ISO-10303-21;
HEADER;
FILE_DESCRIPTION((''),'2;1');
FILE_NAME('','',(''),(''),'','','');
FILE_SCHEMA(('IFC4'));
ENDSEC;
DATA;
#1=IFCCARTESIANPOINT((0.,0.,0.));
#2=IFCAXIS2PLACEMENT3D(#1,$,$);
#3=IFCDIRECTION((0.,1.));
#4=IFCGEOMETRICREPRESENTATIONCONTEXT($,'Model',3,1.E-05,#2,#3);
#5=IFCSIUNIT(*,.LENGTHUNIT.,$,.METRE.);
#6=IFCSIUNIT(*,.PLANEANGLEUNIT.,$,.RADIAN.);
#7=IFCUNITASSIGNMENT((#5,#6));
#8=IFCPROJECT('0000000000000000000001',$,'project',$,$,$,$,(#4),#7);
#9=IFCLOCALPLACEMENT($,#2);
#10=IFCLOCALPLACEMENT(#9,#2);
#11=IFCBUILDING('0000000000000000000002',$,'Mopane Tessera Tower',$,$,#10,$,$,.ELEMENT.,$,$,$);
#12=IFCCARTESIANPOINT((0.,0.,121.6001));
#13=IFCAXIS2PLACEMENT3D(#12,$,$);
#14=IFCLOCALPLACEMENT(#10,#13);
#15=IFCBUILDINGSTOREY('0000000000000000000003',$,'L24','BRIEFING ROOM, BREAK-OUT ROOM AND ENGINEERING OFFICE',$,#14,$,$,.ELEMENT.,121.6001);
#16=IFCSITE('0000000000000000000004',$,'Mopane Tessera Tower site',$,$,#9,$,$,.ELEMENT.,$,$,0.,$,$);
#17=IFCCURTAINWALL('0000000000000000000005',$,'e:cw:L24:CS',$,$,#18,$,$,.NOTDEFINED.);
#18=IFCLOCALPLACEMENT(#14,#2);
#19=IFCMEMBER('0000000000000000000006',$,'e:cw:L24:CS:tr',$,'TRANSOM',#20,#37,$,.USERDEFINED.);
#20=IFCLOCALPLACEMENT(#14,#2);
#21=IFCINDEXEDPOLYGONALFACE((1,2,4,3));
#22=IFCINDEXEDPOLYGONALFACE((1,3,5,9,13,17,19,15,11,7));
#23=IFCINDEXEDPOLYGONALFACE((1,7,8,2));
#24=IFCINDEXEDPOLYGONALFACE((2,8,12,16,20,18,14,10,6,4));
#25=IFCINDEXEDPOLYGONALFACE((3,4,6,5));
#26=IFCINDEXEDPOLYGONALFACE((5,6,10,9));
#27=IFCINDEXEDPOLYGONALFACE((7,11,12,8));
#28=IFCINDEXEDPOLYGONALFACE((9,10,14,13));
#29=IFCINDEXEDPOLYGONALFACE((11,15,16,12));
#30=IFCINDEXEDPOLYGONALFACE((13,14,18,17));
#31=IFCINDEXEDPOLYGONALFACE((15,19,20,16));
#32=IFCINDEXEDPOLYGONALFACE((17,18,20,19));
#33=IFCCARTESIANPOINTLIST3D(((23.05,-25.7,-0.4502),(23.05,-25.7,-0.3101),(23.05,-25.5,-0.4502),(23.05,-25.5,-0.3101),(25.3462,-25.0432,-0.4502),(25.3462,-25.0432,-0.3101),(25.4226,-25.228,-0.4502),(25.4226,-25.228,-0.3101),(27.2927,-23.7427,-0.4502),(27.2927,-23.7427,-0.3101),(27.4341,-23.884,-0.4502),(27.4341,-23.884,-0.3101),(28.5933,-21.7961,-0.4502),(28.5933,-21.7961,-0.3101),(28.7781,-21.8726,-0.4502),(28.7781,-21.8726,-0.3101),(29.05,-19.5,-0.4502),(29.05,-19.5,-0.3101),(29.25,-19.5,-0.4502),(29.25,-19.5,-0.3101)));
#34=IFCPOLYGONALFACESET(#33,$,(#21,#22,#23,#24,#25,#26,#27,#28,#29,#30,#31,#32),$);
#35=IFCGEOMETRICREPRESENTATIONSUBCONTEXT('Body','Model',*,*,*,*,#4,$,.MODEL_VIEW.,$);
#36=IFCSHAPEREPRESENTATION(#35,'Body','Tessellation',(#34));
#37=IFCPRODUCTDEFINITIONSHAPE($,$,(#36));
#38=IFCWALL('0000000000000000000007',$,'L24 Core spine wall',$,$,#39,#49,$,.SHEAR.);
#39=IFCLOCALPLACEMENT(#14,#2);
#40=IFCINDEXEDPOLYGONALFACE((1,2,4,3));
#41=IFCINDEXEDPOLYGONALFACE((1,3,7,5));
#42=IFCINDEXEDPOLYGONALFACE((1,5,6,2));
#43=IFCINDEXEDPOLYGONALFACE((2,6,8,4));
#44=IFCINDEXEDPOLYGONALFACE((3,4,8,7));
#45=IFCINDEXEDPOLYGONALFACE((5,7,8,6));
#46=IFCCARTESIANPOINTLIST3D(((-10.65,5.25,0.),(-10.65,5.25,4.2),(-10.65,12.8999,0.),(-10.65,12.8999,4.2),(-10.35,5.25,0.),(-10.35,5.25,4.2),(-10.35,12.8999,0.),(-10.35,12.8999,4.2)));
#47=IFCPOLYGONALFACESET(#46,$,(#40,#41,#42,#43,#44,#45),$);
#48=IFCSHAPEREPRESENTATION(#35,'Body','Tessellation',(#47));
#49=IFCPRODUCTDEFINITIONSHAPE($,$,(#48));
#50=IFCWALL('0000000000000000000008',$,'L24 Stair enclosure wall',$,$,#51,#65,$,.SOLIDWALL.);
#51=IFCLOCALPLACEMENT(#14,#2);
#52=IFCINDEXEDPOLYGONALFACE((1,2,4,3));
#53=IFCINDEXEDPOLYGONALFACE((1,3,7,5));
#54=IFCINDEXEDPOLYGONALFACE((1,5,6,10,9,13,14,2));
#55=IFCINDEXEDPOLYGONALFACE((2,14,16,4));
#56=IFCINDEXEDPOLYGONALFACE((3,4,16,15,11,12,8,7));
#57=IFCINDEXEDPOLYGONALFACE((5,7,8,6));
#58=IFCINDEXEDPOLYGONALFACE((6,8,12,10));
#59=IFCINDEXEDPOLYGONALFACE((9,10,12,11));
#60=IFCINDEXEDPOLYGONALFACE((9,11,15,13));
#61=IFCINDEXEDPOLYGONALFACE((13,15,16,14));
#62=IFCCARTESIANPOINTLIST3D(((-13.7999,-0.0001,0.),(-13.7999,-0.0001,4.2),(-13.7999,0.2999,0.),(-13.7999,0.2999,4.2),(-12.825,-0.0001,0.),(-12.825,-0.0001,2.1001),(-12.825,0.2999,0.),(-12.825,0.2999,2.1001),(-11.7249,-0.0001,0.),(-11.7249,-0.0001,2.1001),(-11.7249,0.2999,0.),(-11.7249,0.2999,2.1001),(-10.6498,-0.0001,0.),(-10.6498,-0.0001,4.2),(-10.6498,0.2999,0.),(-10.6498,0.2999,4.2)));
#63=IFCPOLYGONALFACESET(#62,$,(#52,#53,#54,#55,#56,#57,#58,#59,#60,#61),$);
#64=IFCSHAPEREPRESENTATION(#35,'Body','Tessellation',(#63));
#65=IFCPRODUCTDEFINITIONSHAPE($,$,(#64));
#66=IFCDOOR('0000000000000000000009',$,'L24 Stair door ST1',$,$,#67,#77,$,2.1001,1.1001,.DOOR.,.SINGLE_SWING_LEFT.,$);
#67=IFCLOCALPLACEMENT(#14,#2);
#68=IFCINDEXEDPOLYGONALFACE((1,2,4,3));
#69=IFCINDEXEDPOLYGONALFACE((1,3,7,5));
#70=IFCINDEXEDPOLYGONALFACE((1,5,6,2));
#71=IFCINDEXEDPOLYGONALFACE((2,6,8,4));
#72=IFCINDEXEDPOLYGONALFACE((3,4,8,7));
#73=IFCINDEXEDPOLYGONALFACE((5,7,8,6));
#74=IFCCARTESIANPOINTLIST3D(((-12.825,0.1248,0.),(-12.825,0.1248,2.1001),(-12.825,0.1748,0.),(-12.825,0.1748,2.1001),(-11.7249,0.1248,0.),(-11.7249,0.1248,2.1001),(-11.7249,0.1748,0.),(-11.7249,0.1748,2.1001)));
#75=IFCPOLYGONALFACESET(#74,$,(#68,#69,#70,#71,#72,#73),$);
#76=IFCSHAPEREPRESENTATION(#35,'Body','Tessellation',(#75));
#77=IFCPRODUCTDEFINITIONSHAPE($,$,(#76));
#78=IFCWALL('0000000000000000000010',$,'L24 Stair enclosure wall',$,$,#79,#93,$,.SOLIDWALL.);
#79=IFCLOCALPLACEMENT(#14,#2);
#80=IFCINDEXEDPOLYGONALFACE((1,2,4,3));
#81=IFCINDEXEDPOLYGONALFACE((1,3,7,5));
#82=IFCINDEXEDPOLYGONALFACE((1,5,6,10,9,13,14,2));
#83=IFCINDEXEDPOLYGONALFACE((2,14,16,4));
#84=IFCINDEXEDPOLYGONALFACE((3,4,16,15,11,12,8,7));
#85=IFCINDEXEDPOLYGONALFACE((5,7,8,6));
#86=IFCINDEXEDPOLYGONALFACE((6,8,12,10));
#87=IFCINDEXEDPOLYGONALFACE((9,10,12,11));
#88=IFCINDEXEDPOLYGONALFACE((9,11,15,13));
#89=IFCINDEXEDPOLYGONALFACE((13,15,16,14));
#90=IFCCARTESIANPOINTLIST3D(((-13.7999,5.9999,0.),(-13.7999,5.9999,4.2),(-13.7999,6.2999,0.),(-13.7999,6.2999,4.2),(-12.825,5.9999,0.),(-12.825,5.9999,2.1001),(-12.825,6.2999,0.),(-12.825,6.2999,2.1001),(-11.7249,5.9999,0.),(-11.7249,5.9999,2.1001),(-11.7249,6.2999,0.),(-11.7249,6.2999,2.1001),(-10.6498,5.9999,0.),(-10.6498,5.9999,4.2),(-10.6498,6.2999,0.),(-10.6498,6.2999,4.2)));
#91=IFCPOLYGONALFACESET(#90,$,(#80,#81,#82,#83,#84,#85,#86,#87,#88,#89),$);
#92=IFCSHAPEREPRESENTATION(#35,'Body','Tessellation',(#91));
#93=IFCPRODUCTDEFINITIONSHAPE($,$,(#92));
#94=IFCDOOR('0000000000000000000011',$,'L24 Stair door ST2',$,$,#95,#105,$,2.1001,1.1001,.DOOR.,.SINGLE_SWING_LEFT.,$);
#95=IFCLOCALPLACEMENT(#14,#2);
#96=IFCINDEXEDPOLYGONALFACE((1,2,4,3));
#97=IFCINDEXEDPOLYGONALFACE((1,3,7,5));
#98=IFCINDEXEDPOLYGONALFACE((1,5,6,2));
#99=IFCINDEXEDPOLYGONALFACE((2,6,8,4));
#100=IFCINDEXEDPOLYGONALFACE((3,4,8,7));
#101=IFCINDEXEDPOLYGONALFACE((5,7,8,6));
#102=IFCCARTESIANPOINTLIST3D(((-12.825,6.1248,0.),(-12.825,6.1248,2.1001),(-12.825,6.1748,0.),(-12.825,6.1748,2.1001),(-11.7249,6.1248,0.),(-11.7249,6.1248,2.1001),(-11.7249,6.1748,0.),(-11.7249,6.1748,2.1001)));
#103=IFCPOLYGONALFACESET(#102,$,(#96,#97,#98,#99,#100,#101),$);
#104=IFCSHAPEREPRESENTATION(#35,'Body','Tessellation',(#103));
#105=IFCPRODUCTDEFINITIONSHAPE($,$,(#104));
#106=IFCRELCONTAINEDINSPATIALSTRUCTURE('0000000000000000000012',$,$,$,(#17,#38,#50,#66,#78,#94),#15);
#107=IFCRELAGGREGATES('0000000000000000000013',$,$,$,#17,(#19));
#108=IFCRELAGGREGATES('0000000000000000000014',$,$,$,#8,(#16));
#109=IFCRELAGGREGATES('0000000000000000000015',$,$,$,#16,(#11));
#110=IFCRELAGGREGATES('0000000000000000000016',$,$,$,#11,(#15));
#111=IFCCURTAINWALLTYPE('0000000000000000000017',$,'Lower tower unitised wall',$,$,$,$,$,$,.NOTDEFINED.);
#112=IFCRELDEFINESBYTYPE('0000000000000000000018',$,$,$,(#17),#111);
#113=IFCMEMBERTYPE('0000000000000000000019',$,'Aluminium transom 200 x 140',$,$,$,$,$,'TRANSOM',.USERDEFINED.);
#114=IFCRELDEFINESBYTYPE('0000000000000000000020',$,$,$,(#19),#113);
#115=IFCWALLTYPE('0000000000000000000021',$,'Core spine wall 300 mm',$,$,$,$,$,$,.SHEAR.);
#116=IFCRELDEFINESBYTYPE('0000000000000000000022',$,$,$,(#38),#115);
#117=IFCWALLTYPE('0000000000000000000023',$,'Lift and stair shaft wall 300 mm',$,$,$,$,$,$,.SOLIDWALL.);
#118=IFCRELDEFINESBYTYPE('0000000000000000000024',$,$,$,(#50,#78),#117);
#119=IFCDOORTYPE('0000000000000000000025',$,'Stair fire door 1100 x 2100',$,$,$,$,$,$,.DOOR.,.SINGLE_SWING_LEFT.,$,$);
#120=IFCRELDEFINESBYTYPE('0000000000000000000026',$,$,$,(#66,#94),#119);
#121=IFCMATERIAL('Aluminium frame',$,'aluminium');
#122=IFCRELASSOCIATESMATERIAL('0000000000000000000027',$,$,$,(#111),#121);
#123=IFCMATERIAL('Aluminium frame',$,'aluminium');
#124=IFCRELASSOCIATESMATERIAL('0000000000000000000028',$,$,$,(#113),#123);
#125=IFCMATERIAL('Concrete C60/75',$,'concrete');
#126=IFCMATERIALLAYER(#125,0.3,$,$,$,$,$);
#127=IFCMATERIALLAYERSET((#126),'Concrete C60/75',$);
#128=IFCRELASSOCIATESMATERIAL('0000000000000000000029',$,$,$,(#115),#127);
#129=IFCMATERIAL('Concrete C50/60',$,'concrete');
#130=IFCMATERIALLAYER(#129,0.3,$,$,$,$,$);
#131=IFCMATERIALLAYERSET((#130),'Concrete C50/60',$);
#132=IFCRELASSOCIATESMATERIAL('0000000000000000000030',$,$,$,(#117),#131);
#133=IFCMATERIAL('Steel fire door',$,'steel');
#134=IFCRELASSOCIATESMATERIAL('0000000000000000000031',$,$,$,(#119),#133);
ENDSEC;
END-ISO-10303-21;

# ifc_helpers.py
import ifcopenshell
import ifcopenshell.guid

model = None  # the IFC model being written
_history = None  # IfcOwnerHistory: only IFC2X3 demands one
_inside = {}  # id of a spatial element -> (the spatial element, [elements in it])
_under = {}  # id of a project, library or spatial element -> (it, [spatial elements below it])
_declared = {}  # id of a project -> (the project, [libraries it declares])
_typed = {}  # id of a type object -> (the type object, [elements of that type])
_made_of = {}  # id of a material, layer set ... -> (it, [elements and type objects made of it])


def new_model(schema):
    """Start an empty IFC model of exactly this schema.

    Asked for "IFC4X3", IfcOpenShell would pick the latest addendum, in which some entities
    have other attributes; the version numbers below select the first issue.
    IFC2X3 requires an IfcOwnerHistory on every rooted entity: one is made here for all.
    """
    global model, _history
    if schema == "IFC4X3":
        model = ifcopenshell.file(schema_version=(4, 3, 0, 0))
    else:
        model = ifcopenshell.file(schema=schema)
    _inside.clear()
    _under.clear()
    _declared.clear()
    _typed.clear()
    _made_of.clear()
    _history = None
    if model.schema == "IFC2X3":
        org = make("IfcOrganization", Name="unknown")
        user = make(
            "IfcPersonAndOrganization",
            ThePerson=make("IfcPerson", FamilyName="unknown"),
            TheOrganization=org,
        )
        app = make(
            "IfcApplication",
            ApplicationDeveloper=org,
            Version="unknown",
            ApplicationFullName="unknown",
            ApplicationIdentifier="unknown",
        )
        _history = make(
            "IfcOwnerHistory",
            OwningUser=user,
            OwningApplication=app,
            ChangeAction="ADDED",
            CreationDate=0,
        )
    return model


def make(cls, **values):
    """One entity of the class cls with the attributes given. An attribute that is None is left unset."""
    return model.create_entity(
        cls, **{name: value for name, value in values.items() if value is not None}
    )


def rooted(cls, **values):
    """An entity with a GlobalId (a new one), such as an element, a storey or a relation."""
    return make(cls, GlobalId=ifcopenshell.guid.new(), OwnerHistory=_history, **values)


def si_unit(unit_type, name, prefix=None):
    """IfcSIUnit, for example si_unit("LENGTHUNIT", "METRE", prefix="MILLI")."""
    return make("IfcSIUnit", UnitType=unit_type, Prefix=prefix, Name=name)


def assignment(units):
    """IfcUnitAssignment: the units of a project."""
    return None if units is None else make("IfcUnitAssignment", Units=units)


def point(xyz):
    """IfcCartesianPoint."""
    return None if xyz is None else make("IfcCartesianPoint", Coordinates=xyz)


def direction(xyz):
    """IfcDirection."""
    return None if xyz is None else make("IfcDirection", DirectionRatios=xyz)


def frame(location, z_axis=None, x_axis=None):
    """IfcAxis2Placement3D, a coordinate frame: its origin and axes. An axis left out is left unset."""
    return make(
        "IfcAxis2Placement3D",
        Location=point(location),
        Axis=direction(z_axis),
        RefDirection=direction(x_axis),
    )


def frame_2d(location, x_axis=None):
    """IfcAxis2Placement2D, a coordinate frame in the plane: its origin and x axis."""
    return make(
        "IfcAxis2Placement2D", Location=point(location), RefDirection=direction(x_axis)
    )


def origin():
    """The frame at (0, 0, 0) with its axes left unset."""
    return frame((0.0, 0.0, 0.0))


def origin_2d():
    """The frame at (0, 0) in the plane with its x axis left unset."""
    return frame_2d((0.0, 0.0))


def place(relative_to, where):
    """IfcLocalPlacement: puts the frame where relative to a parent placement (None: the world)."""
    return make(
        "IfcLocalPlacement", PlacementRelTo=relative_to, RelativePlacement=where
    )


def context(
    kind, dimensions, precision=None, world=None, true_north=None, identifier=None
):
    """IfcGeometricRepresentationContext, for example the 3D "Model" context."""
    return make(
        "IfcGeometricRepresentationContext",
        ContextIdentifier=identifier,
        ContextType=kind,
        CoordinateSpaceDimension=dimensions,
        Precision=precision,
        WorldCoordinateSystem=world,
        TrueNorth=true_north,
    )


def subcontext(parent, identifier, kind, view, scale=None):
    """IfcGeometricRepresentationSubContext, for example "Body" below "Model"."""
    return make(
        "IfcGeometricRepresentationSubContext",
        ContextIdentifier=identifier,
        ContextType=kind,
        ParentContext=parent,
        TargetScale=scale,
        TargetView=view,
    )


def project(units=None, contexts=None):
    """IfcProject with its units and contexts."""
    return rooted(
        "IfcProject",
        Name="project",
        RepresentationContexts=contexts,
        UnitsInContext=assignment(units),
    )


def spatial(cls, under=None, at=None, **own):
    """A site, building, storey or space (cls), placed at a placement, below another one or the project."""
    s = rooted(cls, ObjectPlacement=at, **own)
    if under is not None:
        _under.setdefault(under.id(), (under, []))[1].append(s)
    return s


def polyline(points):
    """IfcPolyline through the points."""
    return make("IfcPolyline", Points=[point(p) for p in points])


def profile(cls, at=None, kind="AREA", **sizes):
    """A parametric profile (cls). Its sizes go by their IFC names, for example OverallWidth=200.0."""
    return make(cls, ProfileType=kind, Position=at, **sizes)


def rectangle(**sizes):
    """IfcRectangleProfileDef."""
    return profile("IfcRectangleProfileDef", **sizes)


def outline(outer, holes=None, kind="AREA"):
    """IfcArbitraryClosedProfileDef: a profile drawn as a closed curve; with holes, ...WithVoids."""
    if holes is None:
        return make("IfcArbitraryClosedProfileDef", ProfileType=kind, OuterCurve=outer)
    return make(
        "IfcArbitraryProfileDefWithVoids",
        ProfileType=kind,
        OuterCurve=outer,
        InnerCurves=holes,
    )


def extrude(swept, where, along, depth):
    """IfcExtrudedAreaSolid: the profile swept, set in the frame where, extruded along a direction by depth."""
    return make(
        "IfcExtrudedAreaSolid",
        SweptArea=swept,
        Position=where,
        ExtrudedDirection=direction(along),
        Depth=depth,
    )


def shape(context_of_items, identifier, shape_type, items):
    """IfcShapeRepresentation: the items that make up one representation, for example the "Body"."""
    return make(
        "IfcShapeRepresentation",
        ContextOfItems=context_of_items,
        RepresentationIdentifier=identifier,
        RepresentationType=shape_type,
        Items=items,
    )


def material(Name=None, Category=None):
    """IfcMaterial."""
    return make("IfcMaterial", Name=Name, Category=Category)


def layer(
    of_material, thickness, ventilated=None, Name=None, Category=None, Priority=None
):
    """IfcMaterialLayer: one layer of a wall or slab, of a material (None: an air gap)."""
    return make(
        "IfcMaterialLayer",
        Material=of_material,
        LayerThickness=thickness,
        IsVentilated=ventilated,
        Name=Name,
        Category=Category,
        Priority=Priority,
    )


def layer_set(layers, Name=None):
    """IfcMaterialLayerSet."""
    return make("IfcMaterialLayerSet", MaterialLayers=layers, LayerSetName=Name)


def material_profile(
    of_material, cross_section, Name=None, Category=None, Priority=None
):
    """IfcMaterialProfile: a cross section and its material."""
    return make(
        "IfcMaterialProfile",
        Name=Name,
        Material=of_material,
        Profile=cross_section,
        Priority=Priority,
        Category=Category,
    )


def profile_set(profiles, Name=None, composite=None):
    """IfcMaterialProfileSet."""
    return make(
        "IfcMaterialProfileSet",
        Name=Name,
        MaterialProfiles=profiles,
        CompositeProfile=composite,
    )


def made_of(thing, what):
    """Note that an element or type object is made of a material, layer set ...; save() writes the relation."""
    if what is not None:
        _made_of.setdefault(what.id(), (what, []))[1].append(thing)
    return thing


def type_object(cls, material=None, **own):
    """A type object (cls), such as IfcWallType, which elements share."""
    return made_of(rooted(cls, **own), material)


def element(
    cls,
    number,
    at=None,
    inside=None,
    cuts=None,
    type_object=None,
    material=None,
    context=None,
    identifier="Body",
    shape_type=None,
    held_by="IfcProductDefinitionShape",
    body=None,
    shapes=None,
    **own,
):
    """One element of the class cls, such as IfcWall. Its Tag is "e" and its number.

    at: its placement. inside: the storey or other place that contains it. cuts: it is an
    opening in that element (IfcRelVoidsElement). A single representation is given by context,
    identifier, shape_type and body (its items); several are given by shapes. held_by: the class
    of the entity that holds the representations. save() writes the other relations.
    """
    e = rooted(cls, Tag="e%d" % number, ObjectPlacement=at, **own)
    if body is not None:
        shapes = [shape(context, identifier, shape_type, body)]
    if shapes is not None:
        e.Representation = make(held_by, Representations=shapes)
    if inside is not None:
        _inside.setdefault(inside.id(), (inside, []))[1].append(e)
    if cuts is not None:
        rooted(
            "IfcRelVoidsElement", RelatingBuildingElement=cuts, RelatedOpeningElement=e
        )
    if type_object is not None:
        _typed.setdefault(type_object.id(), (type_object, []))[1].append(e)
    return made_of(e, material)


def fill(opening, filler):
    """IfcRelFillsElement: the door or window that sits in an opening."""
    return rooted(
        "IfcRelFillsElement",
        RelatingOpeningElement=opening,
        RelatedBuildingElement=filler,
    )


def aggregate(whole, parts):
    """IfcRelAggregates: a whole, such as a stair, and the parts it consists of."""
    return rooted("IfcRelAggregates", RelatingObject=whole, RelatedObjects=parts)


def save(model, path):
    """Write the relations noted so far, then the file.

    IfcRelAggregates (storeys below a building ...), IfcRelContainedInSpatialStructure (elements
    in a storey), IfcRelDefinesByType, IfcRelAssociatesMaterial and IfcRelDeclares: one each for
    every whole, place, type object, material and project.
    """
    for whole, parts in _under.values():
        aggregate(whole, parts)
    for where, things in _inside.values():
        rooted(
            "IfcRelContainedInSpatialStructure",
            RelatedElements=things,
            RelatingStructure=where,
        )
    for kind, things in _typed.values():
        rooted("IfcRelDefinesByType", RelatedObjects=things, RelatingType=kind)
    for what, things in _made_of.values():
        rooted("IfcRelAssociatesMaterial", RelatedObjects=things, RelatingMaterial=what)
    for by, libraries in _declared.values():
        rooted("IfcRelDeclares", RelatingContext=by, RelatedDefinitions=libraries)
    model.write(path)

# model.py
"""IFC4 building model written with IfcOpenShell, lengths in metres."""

from ifc_helpers import new_model, si_unit, direction, frame, frame_2d, origin, origin_2d, place, context, subcontext, project, spatial, polyline, rectangle, outline, extrude, material, layer, layer_set, material_profile, profile_set, type_object, element, fill, aggregate, save


model = new_model("IFC4")

# Units and contexts
model_context = context("Model", 3, precision=1e-05, world=origin(), true_north=direction((0.0, 1.0)))
body_context = subcontext(model_context, "Body", "Model", "MODEL_VIEW")
ifc_project = project(units=[si_unit("LENGTHUNIT", "METRE"), si_unit("PLANEANGLEUNIT", "RADIAN")], contexts=[model_context])

# Site, building, storey
site_placement = place(None, origin())
site = spatial("IfcSite", under=ifc_project, at=site_placement, Name="Mopane Tessera Tower site", CompositionType="ELEMENT", RefElevation=0.0)
building_placement = place(site_placement, origin())
building = spatial("IfcBuilding", under=site, at=building_placement, Name="Mopane Tessera Tower", CompositionType="ELEMENT")
storey_placement = place(building_placement, frame((0.0, 0.0, 121.6001)))
storey = spatial("IfcBuildingStorey", under=building, at=storey_placement, Name="L24", Description="BRIEFING ROOM, BREAK-OUT ROOM AND ENGINEERING OFFICE", CompositionType="ELEMENT", Elevation=121.6001)

# Curtain wall, member
ifc_material_1 = material(Name="Aluminium frame", Category="aluminium")
curtain_wall_type = type_object("IfcCurtainWallType", Name="Lower tower unitised wall", PredefinedType="NOTDEFINED", material=ifc_material_1)
curtain_wall_placement = place(storey_placement, origin())
curtain_wall = element("IfcCurtainWall", 1, at=curtain_wall_placement, inside=storey, type_object=curtain_wall_type, Name="e:cw:L24:CS", PredefinedType="NOTDEFINED")
ifc_material_2 = material(Name="Aluminium frame", Category="aluminium")
ifc_material_profile = material_profile(ifc_material_2, rectangle(XDim=0.2, YDim=0.1399, at=origin_2d()))
ifc_profile_set = profile_set([ifc_material_profile], Name="Aluminium frame")
member_type = type_object("IfcMemberType", Name="Aluminium transom 200 x 140", ElementType="TRANSOM", PredefinedType="USERDEFINED", material=ifc_profile_set)
member_placement = place(storey_placement, frame((0.0, 0.0, -0.4502)))
member = element("IfcMember", 2, at=member_placement, type_object=member_type, Name="e:cw:L24:CS:tr", ObjectType="TRANSOM", PredefinedType="USERDEFINED", context=body_context, shape_type="SweptSolid", body=[
    extrude(outline(polyline([(23.05, -25.5), (25.3462, -25.0432), (27.2927, -23.7427), (28.5933, -21.7961), (29.05, -19.5), (29.25, -19.5), (28.7781, -21.8726), (27.4341, -23.884), (25.4226, -25.228), (23.05, -25.7), (23.05, -25.5)])), origin(), (0.0, 0.0, 1.0), 0.1401),
])
aggregate(curtain_wall, [member])

# Wall
ifc_material_3 = material(Name="Concrete C60/75", Category="concrete")
ifc_layer_1 = layer(ifc_material_3, 0.3)
ifc_layer_set_1 = layer_set([ifc_layer_1], Name="Concrete C60/75")
wall_type_1 = type_object("IfcWallType", Name="Core spine wall 300 mm", PredefinedType="SHEAR", material=ifc_layer_set_1)
wall_1_placement = place(storey_placement, frame((-10.5, 5.25, 0.0), z_axis=(0.0, 0.0, 1.0), x_axis=(0.0, 1.0, 0.0)))
element("IfcWall", 3, at=wall_1_placement, inside=storey, type_object=wall_type_1, Name="L24 Core spine wall", PredefinedType="SHEAR", context=body_context, shape_type="SweptSolid", body=[
    extrude(rectangle(XDim=7.6499, YDim=0.3, at=frame_2d((3.825, 0.0))), origin(), (0.0, 0.0, 1.0), 4.2),
])

# Walls, openings, doors
ifc_material_4 = material(Name="Concrete C50/60", Category="concrete")
ifc_layer_2 = layer(ifc_material_4, 0.3)
ifc_layer_set_2 = layer_set([ifc_layer_2], Name="Concrete C50/60")
wall_type_2 = type_object("IfcWallType", Name="Lift and stair shaft wall 300 mm", PredefinedType="SOLIDWALL", material=ifc_layer_set_2)
wall_2_placement = place(storey_placement, frame((-13.8, 0.1499, 0.0), z_axis=(0.0, 0.0, 1.0), x_axis=(1.0, 0.0, 0.0)))
wall_2 = element("IfcWall", 4, at=wall_2_placement, inside=storey, type_object=wall_type_2, Name="L24 Stair enclosure wall", PredefinedType="SOLIDWALL", context=body_context, shape_type="SweptSolid", body=[
    extrude(rectangle(XDim=3.1501, YDim=0.3, at=frame_2d((1.5752, 0.0))), origin(), (0.0, 0.0, 1.0), 4.2),
])
opening_1_placement = place(wall_2_placement, frame((0.9751, 0.0, 0.0)))
opening_1 = element("IfcOpeningElement", 5, at=opening_1_placement, cuts=wall_2, PredefinedType="OPENING", context=body_context, shape_type="SweptSolid", body=[
    extrude(rectangle(XDim=1.1001, YDim=2.1001, at=frame_2d((0.55, 1.05))), frame((0.0, 0.1621, 0.0), z_axis=(0.0, -1.0, 0.0), x_axis=(1.0, 0.0, 0.0)), (0.0, 0.0, 1.0), 0.324),
])
ifc_material_5 = material(Name="Steel fire door", Category="steel")
door_type_1 = type_object("IfcDoorType", Name="Stair fire door 1100 x 2100", OperationType="SINGLE_SWING_LEFT", PredefinedType="DOOR", material=ifc_material_5)
door_1_placement = place(opening_1_placement, origin())
door_1 = element("IfcDoor", 6, at=door_1_placement, inside=storey, type_object=door_type_1, Name="L24 Stair door ST1", OperationType="SINGLE_SWING_LEFT", OverallHeight=2.1001, OverallWidth=1.1001, PredefinedType="DOOR", context=body_context, shape_type="SweptSolid", body=[
    extrude(rectangle(XDim=1.1001, YDim=2.1001, at=frame_2d((0.55, 1.05))), frame((0.0, 0.0249, 0.0), z_axis=(0.0, -1.0, 0.0), x_axis=(1.0, 0.0, 0.0)), (0.0, 0.0, 1.0), 0.05),
])
fill(opening_1, door_1)
wall_3_placement = place(storey_placement, frame((-13.8, 6.1499, 0.0), z_axis=(0.0, 0.0, 1.0), x_axis=(1.0, 0.0, 0.0)))
wall_3 = element("IfcWall", 7, at=wall_3_placement, inside=storey, type_object=wall_type_2, Name="L24 Stair enclosure wall", PredefinedType="SOLIDWALL", context=body_context, shape_type="SweptSolid", body=[
    extrude(rectangle(XDim=3.1501, YDim=0.3, at=frame_2d((1.5752, 0.0))), origin(), (0.0, 0.0, 1.0), 4.2),
])
opening_2_placement = place(wall_3_placement, frame((0.9751, 0.0, 0.0)))
opening_2 = element("IfcOpeningElement", 8, at=opening_2_placement, cuts=wall_3, PredefinedType="OPENING", context=body_context, shape_type="SweptSolid", body=[
    extrude(rectangle(XDim=1.1001, YDim=2.1001, at=frame_2d((0.55, 1.05))), frame((0.0, 0.1621, 0.0), z_axis=(0.0, -1.0, 0.0), x_axis=(1.0, 0.0, 0.0)), (0.0, 0.0, 1.0), 0.324),
])
door_2_placement = place(opening_2_placement, origin())
door_2 = element("IfcDoor", 9, at=door_2_placement, inside=storey, type_object=door_type_1, Name="L24 Stair door ST2", OperationType="SINGLE_SWING_LEFT", OverallHeight=2.1001, OverallWidth=1.1001, PredefinedType="DOOR", context=body_context, shape_type="SweptSolid", body=[
    extrude(rectangle(XDim=1.1001, YDim=2.1001, at=frame_2d((0.55, 1.05))), frame((0.0, 0.0249, 0.0), z_axis=(0.0, -1.0, 0.0), x_axis=(1.0, 0.0, 0.0)), (0.0, 0.0, 1.0), 0.05),
])
fill(opening_2, door_2)

save(model, "model.ifc")
